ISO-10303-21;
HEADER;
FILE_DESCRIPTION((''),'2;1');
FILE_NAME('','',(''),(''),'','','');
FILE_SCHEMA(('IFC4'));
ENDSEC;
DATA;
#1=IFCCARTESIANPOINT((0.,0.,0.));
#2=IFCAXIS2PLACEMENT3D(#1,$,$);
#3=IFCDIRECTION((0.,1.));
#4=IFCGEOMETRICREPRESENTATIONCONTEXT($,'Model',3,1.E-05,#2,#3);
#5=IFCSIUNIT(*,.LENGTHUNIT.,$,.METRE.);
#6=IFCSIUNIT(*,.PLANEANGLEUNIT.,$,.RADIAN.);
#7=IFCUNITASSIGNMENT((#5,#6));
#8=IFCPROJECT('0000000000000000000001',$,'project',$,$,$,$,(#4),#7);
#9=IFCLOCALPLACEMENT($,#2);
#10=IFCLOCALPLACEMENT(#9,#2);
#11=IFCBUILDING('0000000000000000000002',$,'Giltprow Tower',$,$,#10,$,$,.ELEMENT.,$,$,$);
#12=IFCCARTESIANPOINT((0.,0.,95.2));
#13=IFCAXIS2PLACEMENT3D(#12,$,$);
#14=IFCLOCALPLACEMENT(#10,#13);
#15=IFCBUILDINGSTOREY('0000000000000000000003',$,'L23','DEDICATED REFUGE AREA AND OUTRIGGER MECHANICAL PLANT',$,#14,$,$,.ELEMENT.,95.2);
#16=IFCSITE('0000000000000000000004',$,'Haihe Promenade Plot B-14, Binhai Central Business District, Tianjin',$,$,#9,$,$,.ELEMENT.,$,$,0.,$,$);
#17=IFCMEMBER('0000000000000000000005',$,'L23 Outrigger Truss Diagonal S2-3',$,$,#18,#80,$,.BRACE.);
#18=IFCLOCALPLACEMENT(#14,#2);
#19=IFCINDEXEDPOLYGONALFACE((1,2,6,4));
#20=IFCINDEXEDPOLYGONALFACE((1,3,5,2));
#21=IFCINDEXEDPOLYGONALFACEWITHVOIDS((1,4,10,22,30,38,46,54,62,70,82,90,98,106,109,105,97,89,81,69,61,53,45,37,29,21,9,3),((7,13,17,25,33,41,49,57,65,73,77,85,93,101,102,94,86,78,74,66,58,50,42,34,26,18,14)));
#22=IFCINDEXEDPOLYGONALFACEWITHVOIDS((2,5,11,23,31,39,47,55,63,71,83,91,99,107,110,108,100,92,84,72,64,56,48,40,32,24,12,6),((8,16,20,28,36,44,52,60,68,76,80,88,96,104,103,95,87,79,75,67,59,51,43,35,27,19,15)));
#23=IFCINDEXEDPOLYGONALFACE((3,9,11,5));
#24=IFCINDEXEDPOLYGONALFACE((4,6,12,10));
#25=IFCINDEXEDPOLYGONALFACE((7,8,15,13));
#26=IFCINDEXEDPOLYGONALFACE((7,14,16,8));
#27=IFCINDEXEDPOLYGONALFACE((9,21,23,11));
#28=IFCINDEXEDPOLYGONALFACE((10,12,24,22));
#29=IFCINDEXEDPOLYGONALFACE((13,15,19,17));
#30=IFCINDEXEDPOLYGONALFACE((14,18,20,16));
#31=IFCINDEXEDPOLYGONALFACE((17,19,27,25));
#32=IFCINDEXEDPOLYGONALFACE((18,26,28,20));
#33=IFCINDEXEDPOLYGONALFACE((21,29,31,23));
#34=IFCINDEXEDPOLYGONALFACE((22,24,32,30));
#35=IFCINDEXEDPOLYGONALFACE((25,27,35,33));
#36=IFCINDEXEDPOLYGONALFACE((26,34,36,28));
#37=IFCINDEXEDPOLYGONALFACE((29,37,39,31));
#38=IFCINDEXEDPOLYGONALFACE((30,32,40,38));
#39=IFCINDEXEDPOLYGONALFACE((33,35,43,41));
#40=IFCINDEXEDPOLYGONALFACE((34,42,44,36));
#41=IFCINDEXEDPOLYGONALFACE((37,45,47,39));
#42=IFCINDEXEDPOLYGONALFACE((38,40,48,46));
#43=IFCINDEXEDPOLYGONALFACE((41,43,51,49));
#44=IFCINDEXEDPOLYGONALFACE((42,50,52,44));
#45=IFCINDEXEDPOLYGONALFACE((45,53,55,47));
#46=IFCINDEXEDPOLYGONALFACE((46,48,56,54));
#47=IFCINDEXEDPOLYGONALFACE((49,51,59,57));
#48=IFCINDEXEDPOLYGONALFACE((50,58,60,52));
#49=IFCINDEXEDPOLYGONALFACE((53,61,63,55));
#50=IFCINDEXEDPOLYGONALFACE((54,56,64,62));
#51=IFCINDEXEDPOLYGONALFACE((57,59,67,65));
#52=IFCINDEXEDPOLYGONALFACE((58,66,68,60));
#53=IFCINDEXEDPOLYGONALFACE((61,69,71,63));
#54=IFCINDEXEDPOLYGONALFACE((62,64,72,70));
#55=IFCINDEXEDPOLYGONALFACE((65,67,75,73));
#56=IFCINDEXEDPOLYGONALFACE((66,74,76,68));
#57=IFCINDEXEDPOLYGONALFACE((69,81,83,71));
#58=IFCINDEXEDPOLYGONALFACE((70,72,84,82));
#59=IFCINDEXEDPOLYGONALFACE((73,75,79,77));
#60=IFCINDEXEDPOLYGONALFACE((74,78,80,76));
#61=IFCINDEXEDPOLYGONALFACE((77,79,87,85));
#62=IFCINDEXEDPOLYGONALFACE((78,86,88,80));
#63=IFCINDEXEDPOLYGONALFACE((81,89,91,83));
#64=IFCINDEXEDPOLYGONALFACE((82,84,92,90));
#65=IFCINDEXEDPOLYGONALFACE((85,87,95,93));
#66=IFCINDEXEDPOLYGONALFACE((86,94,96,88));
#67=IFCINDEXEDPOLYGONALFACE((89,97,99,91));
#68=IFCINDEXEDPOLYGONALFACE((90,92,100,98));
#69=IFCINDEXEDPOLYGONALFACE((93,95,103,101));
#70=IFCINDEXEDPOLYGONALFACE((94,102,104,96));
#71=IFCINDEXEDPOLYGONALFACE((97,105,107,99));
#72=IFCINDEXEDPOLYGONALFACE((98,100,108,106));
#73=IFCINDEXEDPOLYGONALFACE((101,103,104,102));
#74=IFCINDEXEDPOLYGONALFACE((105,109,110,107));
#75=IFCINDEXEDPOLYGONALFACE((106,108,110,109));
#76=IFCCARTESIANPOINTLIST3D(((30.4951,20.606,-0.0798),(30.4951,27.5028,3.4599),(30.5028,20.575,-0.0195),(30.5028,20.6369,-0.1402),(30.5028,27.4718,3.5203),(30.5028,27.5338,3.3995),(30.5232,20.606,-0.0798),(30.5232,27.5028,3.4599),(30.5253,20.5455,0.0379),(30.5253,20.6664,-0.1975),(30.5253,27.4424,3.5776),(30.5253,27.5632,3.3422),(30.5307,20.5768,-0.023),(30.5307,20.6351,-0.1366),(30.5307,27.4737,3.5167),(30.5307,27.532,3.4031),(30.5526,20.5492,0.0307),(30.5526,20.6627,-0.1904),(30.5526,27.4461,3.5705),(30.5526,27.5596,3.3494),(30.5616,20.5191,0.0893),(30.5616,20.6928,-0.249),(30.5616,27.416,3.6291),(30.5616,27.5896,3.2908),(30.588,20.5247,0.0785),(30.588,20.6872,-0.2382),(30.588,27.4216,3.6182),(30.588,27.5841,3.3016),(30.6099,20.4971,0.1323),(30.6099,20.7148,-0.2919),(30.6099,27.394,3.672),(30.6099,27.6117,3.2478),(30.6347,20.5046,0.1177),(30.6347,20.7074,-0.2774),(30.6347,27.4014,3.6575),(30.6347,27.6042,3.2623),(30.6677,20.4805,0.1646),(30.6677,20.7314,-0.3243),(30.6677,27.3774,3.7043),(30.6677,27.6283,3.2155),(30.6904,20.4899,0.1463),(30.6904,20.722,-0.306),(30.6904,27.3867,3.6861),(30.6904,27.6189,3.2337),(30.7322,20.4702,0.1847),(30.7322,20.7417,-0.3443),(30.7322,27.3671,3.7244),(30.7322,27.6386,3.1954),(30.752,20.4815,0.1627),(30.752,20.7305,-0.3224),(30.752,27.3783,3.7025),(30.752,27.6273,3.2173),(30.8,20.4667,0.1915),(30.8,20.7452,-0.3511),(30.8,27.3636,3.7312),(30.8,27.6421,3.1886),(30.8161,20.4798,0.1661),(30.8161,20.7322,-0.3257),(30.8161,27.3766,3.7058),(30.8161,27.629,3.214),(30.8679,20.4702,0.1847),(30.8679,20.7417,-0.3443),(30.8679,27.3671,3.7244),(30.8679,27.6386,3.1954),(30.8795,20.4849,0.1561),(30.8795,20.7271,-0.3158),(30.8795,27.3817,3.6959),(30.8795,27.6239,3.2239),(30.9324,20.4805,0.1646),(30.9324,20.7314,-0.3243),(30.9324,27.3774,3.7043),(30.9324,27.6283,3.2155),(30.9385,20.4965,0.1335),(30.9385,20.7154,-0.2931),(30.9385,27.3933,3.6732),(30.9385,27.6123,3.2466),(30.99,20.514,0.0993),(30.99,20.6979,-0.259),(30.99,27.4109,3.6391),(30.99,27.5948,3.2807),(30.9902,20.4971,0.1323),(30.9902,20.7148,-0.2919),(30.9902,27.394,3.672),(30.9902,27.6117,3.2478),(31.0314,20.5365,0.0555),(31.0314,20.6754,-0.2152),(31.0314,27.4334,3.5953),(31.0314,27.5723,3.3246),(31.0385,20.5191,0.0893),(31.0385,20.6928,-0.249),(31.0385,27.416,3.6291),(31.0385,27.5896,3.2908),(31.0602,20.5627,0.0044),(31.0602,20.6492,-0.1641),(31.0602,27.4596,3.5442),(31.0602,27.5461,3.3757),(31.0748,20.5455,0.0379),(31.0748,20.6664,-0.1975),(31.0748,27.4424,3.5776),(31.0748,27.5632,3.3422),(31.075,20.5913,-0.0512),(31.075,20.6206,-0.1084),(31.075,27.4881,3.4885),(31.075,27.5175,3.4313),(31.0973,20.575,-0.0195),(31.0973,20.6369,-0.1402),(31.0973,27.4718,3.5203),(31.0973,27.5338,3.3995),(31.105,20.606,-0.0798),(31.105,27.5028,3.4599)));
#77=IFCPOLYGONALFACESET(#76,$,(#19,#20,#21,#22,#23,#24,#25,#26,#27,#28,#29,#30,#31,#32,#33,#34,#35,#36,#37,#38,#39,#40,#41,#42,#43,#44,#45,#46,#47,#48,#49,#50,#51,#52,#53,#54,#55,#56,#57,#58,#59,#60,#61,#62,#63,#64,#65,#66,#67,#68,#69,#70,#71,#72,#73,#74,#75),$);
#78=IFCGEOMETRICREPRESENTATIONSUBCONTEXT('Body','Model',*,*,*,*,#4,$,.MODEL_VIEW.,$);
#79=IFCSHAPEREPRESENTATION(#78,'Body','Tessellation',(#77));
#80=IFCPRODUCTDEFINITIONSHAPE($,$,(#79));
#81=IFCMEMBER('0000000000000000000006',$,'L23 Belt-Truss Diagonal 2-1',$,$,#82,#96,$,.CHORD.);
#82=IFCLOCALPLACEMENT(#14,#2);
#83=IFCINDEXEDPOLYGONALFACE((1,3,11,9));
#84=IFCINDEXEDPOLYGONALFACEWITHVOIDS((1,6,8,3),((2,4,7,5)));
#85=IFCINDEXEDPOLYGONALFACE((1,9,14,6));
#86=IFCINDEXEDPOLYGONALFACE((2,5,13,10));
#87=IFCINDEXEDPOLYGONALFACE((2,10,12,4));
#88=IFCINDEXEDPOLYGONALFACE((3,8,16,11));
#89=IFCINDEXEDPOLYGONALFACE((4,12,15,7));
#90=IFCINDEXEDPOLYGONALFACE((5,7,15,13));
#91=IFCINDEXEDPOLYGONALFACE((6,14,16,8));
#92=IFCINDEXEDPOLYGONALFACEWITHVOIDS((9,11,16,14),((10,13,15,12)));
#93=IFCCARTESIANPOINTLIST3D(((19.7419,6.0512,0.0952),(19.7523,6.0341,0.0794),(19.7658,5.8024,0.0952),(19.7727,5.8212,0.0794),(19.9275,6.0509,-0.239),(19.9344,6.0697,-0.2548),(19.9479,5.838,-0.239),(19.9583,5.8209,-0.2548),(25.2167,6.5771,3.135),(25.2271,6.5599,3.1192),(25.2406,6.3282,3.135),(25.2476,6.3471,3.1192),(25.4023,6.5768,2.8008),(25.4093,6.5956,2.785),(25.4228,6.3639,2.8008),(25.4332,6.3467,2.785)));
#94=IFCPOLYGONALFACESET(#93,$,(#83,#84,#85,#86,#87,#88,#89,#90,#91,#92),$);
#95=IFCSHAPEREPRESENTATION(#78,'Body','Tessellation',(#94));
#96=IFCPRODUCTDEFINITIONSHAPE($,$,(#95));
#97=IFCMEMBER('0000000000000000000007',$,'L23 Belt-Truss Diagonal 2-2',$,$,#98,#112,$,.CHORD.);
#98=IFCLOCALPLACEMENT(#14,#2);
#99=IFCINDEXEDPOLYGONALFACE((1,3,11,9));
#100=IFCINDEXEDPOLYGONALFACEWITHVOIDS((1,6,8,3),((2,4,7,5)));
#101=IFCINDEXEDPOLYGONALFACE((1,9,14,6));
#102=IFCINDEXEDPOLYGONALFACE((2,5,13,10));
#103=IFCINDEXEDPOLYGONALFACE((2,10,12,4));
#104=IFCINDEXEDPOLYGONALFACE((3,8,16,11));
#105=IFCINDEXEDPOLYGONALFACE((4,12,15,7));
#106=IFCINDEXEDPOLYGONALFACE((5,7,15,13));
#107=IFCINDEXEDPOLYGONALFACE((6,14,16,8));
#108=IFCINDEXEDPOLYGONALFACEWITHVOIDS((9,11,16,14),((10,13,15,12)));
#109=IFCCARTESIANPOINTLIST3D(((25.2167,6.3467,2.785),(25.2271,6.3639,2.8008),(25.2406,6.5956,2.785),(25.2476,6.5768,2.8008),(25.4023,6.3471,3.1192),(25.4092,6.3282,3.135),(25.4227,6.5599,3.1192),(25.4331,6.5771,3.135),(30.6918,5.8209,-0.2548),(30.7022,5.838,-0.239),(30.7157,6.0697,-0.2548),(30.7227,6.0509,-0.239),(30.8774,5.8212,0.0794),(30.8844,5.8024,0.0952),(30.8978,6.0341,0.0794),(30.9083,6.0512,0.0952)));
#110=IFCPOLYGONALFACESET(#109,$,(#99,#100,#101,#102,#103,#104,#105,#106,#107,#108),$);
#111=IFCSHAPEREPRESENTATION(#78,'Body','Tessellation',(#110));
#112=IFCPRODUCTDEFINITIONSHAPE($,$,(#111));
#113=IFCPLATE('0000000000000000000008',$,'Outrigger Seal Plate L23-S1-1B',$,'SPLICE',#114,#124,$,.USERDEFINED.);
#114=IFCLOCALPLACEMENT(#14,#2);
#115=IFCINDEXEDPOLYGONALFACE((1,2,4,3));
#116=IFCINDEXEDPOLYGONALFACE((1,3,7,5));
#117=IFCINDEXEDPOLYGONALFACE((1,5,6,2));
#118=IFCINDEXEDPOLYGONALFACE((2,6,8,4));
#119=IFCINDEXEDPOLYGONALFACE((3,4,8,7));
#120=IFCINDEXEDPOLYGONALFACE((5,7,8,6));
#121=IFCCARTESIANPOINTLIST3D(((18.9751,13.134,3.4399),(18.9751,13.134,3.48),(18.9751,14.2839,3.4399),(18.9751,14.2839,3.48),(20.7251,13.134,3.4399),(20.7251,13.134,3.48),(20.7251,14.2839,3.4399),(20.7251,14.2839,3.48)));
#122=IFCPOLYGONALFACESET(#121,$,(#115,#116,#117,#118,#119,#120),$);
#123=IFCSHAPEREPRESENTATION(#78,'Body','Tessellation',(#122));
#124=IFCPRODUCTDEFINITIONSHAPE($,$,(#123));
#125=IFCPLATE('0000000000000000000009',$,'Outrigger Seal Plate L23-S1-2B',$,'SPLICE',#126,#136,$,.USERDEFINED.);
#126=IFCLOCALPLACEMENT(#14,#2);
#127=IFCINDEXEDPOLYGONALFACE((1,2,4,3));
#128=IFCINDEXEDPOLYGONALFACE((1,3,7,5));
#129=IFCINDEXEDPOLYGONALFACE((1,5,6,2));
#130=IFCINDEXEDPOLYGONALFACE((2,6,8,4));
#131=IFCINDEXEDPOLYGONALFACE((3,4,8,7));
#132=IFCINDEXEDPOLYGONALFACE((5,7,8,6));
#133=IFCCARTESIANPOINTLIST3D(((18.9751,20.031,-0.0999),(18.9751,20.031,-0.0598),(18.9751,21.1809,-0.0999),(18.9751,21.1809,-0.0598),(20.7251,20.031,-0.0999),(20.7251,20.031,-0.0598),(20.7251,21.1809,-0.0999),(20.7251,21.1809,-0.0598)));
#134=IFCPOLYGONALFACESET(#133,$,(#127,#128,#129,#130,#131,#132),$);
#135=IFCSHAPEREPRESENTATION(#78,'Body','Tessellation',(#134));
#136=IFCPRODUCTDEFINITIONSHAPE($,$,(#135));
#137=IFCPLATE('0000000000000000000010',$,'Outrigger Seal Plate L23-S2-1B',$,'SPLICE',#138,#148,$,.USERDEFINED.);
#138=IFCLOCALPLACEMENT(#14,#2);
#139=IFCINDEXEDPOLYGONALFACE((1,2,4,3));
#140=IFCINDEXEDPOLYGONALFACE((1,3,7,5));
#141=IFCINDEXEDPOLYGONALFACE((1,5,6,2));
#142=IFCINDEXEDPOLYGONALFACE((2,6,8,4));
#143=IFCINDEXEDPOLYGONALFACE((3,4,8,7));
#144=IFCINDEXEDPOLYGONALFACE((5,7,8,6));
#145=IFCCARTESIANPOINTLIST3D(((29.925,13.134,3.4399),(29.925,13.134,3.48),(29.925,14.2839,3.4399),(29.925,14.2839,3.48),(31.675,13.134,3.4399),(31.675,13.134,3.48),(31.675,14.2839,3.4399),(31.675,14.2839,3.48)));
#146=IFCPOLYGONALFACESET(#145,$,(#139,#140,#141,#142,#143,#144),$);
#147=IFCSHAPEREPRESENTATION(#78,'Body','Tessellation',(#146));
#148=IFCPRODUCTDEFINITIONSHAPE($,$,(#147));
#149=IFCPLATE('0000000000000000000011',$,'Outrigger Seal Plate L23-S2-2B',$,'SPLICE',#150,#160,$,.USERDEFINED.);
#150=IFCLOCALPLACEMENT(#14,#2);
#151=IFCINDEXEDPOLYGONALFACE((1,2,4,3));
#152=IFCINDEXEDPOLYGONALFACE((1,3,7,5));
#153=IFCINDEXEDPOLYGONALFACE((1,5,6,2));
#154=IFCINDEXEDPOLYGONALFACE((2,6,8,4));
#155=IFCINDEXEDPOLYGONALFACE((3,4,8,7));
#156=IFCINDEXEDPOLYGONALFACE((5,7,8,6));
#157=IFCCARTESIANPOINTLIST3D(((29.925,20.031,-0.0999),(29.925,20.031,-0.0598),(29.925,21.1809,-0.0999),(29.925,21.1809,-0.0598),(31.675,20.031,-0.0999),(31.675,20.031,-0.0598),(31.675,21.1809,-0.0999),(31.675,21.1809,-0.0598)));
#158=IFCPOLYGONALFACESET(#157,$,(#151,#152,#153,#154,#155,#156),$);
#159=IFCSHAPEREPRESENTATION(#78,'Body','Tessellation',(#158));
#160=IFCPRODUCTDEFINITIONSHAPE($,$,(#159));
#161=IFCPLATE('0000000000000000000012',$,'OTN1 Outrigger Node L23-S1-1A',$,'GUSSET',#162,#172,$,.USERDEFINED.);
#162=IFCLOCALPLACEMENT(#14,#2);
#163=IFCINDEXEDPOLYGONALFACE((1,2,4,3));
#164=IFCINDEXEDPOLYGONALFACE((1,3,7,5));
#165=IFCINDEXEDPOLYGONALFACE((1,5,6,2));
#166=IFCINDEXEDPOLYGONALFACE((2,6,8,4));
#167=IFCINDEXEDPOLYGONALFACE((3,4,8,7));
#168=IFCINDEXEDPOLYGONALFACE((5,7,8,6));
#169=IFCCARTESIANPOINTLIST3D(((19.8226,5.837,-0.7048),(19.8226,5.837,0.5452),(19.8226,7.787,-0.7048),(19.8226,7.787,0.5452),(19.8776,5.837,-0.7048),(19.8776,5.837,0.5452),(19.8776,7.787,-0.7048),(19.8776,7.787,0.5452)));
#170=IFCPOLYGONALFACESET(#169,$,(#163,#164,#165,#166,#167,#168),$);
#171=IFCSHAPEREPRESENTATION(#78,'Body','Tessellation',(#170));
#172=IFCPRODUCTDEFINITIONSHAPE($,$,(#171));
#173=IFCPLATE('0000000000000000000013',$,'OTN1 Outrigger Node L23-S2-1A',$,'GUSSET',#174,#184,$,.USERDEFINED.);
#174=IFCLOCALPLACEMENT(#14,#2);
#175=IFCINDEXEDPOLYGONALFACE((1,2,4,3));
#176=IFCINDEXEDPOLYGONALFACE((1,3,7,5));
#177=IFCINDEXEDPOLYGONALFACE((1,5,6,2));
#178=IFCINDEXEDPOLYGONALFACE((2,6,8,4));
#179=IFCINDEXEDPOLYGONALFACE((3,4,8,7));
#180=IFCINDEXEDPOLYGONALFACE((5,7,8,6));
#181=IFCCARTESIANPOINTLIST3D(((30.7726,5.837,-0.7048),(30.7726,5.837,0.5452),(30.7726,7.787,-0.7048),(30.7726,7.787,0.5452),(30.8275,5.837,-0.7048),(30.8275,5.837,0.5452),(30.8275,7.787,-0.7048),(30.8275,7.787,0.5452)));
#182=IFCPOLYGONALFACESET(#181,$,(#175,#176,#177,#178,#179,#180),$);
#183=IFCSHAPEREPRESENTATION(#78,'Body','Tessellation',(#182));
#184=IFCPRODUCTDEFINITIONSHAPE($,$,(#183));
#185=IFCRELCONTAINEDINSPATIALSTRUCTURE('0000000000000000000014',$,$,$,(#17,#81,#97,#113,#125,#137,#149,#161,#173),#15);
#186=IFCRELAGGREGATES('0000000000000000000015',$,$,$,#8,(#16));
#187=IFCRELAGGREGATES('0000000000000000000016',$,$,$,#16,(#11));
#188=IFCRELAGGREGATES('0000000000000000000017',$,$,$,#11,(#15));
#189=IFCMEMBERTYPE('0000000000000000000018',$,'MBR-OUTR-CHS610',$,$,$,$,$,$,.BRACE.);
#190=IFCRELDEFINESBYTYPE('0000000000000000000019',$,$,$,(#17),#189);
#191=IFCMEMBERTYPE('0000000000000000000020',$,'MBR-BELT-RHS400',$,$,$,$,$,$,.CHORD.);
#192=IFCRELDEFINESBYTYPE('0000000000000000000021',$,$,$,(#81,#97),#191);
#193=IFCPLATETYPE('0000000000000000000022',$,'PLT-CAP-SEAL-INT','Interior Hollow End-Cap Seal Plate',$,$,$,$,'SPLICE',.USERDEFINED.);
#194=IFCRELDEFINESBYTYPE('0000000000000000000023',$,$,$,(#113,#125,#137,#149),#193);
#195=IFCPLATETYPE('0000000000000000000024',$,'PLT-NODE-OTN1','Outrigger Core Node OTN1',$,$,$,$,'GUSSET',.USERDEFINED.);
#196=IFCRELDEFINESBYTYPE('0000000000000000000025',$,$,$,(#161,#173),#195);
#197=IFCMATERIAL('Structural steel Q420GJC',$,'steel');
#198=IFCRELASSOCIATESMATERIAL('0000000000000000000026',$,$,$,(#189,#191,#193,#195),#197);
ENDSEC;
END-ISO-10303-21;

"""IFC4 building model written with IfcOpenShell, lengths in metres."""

from ifc_helpers import new_model, si_unit, direction, frame, origin, origin_2d, place, context, subcontext, project, spatial, rectangle, hollow_rectangle, hollow_circle, extrude, source, transform, mapped, material, material_profile, profile_set, type_object, element, save


model = new_model("IFC4")

# Units and contexts
model_context = context("Model", 3, precision=1e-05, world=origin(), true_north=direction((0.0, 1.0)))
body_context = subcontext(model_context, "Body", "Model", "MODEL_VIEW")
ifc_project = project(units=[si_unit("LENGTHUNIT", "METRE"), si_unit("PLANEANGLEUNIT", "RADIAN")], contexts=[model_context])

# Site, building, storey
site_placement = place(None, origin())
site = spatial("IfcSite", under=ifc_project, at=site_placement, Name="Haihe Promenade Plot B-14, Binhai Central Business District, Tianjin", CompositionType="ELEMENT", RefElevation=0.0)
building_placement = place(site_placement, origin())
building = spatial("IfcBuilding", under=site, at=building_placement, Name="Giltprow Tower", CompositionType="ELEMENT")
storey_placement = place(building_placement, frame((0.0, 0.0, 95.2)))
storey = spatial("IfcBuildingStorey", under=building, at=storey_placement, Name="L23", Description="DEDICATED REFUGE AREA AND OUTRIGGER MECHANICAL PLANT", CompositionType="ELEMENT", Elevation=95.2)

# Shared definitions
ifc_material_1 = material(Name="Structural steel Q420GJC", Category="steel")

# Members
ifc_material_profile_1 = material_profile(ifc_material_1, hollow_circle(Radius=0.3049, WallThickness=0.0281, at=origin_2d()), Name="CHS 610x28")
ifc_profile_set_1 = profile_set([ifc_material_profile_1], Name="Structural steel Q420GJC")
member_type_1 = type_object("IfcMemberType", Name="MBR-OUTR-CHS610", PredefinedType="BRACE", material=ifc_profile_set_1)
shared_shape_1 = source(origin(), body_context, "Body", "SweptSolid", [
    extrude(hollow_circle(Radius=0.3049, WallThickness=0.0281, at=origin_2d()), origin(), (0.0, 0.0, 1.0), 7.7522),
])
for number, where, z_axis, x_axis, name in (
    (1, (30.8, 20.606, -0.0798), (0.0, 0.889666, 0.456611), (-1.0, 0.0, 0.0), "L23 Outrigger Truss Diagonal S2-3"),
):
    element("IfcMember", number, at=place(storey_placement, frame(where, z_axis=z_axis, x_axis=x_axis)), inside=storey, type_object=member_type_1, Name=name, PredefinedType="BRACE", context=body_context, shape_type="MappedRepresentation", body=[
        mapped(shared_shape_1, transform((0.0, 0.0, 0.0), x_axis=(1.0, 0.0, 0.0), y_axis=(0.0, 1.0, 0.0), z_axis=(0.0, 0.0, 1.0), scale=1.0)),
    ])
ifc_material_profile_2 = material_profile(ifc_material_1, hollow_rectangle(XDim=0.25, YDim=0.3999, WallThickness=0.0181, at=origin_2d()), Name="RHS 400x250x18")
ifc_profile_set_2 = profile_set([ifc_material_profile_2], Name="Structural steel Q420GJC")
member_type_2 = type_object("IfcMemberType", Name="MBR-BELT-RHS400", PredefinedType="CHORD", material=ifc_profile_set_2)
shared_shape_2 = source(origin(), body_context, "Body", "SweptSolid", [
    extrude(hollow_rectangle(XDim=0.25, YDim=0.3999, WallThickness=0.0181, at=origin_2d()), origin(), (0.0, 0.0, 1.0), 6.2842),
])
member_1_placement = place(storey_placement, frame((19.8501, 5.936, -0.0798), z_axis=(0.871212, 0.083683, 0.483722), x_axis=(-0.095613, 0.995419, 0.0)))
element("IfcMember", 2, at=member_1_placement, inside=storey, type_object=member_type_2, Name="L23 Belt-Truss Diagonal 2-1", PredefinedType="CHORD", context=body_context, shape_type="MappedRepresentation", body=[
    mapped(shared_shape_2, transform((0.0, 0.0, 0.0), x_axis=(1.0, 0.0, 0.0), y_axis=(0.0, 1.0, 0.0), z_axis=(0.0, 0.0, 1.0), scale=1.0)),
])
shared_shape_3 = source(origin(), body_context, "Body", "SweptSolid", [
    extrude(hollow_rectangle(XDim=0.25, YDim=0.3999, WallThickness=0.0181, at=origin_2d()), origin(), (0.0, 0.0, 1.0), 6.2844),
])
member_2_placement = place(storey_placement, frame((30.8, 5.936, -0.0798), z_axis=(-0.871221, 0.08368, 0.483705), x_axis=(-0.095609, -0.995419, 0.0)))
element("IfcMember", 3, at=member_2_placement, inside=storey, type_object=member_type_2, Name="L23 Belt-Truss Diagonal 2-2", PredefinedType="CHORD", context=body_context, shape_type="MappedRepresentation", body=[
    mapped(shared_shape_3, transform((0.0, 0.0, 0.0), x_axis=(1.0, 0.0, 0.0), y_axis=(0.0, 1.0, 0.0), z_axis=(0.0, 0.0, 1.0), scale=1.0)),
])

# Plates
plate_type_1 = type_object("IfcPlateType", Name="PLT-CAP-SEAL-INT", Description="Interior Hollow End-Cap Seal Plate", ElementType="SPLICE", PredefinedType="USERDEFINED", material=ifc_material_1)
shared_shape_4 = source(origin(), body_context, "Body", "SweptSolid", [
    extrude(rectangle(XDim=1.75, YDim=1.1499, at=origin_2d()), origin(), (0.0, 0.0, 1.0), 0.04),
])
for number, where, z_axis, x_axis, name in (
    (4, (19.8501, 13.709, 3.4399), (0.0, 0.0, 1.0), (1.0, 0.0, 0.0), "Outrigger Seal Plate L23-S1-1B"),
    (5, (19.8501, 20.606, -0.0999), (0.0, 0.0, 1.0), (1.0, 0.0, 0.0), "Outrigger Seal Plate L23-S1-2B"),
    (6, (30.8, 13.709, 3.4399), (0.0, 0.0, 1.0), (1.0, 0.0, 0.0), "Outrigger Seal Plate L23-S2-1B"),
    (7, (30.8, 20.606, -0.0999), (0.0, 0.0, 1.0), (1.0, 0.0, 0.0), "Outrigger Seal Plate L23-S2-2B"),
):
    element("IfcPlate", number, at=place(storey_placement, frame(where, z_axis=z_axis, x_axis=x_axis)), inside=storey, type_object=plate_type_1, Name=name, ObjectType="SPLICE", PredefinedType="USERDEFINED", context=body_context, shape_type="MappedRepresentation", body=[
        mapped(shared_shape_4, transform((0.0, 0.0, 0.0), x_axis=(1.0, 0.0, 0.0), y_axis=(0.0, 1.0, 0.0), z_axis=(0.0, 0.0, 1.0), scale=1.0)),
    ])
plate_type_2 = type_object("IfcPlateType", Name="PLT-NODE-OTN1", Description="Outrigger Core Node OTN1", ElementType="GUSSET", PredefinedType="USERDEFINED", material=ifc_material_1)
shared_shape_5 = source(origin(), body_context, "Body", "SweptSolid", [
    extrude(rectangle(XDim=1.95, YDim=0.0549, at=origin_2d()), origin(), (0.0, 0.0, 1.0), 1.25),
])
for number, where, z_axis, x_axis, name in (
    (8, (19.8501, 6.812, -0.7048), (0.0, 0.0, 1.0), (0.0, 1.0, 0.0), "OTN1 Outrigger Node L23-S1-1A"),
    (9, (30.8, 6.812, -0.7048), (0.0, 0.0, 1.0), (0.0, 1.0, 0.0), "OTN1 Outrigger Node L23-S2-1A"),
):
    element("IfcPlate", number, at=place(storey_placement, frame(where, z_axis=z_axis, x_axis=x_axis)), inside=storey, type_object=plate_type_2, Name=name, ObjectType="GUSSET", PredefinedType="USERDEFINED", context=body_context, shape_type="MappedRepresentation", body=[
        mapped(shared_shape_5, transform((0.0, 0.0, 0.0), x_axis=(1.0, 0.0, 0.0), y_axis=(0.0, 1.0, 0.0), z_axis=(0.0, 0.0, 1.0), scale=1.0)),
    ])

save(model, "model.ifc")
